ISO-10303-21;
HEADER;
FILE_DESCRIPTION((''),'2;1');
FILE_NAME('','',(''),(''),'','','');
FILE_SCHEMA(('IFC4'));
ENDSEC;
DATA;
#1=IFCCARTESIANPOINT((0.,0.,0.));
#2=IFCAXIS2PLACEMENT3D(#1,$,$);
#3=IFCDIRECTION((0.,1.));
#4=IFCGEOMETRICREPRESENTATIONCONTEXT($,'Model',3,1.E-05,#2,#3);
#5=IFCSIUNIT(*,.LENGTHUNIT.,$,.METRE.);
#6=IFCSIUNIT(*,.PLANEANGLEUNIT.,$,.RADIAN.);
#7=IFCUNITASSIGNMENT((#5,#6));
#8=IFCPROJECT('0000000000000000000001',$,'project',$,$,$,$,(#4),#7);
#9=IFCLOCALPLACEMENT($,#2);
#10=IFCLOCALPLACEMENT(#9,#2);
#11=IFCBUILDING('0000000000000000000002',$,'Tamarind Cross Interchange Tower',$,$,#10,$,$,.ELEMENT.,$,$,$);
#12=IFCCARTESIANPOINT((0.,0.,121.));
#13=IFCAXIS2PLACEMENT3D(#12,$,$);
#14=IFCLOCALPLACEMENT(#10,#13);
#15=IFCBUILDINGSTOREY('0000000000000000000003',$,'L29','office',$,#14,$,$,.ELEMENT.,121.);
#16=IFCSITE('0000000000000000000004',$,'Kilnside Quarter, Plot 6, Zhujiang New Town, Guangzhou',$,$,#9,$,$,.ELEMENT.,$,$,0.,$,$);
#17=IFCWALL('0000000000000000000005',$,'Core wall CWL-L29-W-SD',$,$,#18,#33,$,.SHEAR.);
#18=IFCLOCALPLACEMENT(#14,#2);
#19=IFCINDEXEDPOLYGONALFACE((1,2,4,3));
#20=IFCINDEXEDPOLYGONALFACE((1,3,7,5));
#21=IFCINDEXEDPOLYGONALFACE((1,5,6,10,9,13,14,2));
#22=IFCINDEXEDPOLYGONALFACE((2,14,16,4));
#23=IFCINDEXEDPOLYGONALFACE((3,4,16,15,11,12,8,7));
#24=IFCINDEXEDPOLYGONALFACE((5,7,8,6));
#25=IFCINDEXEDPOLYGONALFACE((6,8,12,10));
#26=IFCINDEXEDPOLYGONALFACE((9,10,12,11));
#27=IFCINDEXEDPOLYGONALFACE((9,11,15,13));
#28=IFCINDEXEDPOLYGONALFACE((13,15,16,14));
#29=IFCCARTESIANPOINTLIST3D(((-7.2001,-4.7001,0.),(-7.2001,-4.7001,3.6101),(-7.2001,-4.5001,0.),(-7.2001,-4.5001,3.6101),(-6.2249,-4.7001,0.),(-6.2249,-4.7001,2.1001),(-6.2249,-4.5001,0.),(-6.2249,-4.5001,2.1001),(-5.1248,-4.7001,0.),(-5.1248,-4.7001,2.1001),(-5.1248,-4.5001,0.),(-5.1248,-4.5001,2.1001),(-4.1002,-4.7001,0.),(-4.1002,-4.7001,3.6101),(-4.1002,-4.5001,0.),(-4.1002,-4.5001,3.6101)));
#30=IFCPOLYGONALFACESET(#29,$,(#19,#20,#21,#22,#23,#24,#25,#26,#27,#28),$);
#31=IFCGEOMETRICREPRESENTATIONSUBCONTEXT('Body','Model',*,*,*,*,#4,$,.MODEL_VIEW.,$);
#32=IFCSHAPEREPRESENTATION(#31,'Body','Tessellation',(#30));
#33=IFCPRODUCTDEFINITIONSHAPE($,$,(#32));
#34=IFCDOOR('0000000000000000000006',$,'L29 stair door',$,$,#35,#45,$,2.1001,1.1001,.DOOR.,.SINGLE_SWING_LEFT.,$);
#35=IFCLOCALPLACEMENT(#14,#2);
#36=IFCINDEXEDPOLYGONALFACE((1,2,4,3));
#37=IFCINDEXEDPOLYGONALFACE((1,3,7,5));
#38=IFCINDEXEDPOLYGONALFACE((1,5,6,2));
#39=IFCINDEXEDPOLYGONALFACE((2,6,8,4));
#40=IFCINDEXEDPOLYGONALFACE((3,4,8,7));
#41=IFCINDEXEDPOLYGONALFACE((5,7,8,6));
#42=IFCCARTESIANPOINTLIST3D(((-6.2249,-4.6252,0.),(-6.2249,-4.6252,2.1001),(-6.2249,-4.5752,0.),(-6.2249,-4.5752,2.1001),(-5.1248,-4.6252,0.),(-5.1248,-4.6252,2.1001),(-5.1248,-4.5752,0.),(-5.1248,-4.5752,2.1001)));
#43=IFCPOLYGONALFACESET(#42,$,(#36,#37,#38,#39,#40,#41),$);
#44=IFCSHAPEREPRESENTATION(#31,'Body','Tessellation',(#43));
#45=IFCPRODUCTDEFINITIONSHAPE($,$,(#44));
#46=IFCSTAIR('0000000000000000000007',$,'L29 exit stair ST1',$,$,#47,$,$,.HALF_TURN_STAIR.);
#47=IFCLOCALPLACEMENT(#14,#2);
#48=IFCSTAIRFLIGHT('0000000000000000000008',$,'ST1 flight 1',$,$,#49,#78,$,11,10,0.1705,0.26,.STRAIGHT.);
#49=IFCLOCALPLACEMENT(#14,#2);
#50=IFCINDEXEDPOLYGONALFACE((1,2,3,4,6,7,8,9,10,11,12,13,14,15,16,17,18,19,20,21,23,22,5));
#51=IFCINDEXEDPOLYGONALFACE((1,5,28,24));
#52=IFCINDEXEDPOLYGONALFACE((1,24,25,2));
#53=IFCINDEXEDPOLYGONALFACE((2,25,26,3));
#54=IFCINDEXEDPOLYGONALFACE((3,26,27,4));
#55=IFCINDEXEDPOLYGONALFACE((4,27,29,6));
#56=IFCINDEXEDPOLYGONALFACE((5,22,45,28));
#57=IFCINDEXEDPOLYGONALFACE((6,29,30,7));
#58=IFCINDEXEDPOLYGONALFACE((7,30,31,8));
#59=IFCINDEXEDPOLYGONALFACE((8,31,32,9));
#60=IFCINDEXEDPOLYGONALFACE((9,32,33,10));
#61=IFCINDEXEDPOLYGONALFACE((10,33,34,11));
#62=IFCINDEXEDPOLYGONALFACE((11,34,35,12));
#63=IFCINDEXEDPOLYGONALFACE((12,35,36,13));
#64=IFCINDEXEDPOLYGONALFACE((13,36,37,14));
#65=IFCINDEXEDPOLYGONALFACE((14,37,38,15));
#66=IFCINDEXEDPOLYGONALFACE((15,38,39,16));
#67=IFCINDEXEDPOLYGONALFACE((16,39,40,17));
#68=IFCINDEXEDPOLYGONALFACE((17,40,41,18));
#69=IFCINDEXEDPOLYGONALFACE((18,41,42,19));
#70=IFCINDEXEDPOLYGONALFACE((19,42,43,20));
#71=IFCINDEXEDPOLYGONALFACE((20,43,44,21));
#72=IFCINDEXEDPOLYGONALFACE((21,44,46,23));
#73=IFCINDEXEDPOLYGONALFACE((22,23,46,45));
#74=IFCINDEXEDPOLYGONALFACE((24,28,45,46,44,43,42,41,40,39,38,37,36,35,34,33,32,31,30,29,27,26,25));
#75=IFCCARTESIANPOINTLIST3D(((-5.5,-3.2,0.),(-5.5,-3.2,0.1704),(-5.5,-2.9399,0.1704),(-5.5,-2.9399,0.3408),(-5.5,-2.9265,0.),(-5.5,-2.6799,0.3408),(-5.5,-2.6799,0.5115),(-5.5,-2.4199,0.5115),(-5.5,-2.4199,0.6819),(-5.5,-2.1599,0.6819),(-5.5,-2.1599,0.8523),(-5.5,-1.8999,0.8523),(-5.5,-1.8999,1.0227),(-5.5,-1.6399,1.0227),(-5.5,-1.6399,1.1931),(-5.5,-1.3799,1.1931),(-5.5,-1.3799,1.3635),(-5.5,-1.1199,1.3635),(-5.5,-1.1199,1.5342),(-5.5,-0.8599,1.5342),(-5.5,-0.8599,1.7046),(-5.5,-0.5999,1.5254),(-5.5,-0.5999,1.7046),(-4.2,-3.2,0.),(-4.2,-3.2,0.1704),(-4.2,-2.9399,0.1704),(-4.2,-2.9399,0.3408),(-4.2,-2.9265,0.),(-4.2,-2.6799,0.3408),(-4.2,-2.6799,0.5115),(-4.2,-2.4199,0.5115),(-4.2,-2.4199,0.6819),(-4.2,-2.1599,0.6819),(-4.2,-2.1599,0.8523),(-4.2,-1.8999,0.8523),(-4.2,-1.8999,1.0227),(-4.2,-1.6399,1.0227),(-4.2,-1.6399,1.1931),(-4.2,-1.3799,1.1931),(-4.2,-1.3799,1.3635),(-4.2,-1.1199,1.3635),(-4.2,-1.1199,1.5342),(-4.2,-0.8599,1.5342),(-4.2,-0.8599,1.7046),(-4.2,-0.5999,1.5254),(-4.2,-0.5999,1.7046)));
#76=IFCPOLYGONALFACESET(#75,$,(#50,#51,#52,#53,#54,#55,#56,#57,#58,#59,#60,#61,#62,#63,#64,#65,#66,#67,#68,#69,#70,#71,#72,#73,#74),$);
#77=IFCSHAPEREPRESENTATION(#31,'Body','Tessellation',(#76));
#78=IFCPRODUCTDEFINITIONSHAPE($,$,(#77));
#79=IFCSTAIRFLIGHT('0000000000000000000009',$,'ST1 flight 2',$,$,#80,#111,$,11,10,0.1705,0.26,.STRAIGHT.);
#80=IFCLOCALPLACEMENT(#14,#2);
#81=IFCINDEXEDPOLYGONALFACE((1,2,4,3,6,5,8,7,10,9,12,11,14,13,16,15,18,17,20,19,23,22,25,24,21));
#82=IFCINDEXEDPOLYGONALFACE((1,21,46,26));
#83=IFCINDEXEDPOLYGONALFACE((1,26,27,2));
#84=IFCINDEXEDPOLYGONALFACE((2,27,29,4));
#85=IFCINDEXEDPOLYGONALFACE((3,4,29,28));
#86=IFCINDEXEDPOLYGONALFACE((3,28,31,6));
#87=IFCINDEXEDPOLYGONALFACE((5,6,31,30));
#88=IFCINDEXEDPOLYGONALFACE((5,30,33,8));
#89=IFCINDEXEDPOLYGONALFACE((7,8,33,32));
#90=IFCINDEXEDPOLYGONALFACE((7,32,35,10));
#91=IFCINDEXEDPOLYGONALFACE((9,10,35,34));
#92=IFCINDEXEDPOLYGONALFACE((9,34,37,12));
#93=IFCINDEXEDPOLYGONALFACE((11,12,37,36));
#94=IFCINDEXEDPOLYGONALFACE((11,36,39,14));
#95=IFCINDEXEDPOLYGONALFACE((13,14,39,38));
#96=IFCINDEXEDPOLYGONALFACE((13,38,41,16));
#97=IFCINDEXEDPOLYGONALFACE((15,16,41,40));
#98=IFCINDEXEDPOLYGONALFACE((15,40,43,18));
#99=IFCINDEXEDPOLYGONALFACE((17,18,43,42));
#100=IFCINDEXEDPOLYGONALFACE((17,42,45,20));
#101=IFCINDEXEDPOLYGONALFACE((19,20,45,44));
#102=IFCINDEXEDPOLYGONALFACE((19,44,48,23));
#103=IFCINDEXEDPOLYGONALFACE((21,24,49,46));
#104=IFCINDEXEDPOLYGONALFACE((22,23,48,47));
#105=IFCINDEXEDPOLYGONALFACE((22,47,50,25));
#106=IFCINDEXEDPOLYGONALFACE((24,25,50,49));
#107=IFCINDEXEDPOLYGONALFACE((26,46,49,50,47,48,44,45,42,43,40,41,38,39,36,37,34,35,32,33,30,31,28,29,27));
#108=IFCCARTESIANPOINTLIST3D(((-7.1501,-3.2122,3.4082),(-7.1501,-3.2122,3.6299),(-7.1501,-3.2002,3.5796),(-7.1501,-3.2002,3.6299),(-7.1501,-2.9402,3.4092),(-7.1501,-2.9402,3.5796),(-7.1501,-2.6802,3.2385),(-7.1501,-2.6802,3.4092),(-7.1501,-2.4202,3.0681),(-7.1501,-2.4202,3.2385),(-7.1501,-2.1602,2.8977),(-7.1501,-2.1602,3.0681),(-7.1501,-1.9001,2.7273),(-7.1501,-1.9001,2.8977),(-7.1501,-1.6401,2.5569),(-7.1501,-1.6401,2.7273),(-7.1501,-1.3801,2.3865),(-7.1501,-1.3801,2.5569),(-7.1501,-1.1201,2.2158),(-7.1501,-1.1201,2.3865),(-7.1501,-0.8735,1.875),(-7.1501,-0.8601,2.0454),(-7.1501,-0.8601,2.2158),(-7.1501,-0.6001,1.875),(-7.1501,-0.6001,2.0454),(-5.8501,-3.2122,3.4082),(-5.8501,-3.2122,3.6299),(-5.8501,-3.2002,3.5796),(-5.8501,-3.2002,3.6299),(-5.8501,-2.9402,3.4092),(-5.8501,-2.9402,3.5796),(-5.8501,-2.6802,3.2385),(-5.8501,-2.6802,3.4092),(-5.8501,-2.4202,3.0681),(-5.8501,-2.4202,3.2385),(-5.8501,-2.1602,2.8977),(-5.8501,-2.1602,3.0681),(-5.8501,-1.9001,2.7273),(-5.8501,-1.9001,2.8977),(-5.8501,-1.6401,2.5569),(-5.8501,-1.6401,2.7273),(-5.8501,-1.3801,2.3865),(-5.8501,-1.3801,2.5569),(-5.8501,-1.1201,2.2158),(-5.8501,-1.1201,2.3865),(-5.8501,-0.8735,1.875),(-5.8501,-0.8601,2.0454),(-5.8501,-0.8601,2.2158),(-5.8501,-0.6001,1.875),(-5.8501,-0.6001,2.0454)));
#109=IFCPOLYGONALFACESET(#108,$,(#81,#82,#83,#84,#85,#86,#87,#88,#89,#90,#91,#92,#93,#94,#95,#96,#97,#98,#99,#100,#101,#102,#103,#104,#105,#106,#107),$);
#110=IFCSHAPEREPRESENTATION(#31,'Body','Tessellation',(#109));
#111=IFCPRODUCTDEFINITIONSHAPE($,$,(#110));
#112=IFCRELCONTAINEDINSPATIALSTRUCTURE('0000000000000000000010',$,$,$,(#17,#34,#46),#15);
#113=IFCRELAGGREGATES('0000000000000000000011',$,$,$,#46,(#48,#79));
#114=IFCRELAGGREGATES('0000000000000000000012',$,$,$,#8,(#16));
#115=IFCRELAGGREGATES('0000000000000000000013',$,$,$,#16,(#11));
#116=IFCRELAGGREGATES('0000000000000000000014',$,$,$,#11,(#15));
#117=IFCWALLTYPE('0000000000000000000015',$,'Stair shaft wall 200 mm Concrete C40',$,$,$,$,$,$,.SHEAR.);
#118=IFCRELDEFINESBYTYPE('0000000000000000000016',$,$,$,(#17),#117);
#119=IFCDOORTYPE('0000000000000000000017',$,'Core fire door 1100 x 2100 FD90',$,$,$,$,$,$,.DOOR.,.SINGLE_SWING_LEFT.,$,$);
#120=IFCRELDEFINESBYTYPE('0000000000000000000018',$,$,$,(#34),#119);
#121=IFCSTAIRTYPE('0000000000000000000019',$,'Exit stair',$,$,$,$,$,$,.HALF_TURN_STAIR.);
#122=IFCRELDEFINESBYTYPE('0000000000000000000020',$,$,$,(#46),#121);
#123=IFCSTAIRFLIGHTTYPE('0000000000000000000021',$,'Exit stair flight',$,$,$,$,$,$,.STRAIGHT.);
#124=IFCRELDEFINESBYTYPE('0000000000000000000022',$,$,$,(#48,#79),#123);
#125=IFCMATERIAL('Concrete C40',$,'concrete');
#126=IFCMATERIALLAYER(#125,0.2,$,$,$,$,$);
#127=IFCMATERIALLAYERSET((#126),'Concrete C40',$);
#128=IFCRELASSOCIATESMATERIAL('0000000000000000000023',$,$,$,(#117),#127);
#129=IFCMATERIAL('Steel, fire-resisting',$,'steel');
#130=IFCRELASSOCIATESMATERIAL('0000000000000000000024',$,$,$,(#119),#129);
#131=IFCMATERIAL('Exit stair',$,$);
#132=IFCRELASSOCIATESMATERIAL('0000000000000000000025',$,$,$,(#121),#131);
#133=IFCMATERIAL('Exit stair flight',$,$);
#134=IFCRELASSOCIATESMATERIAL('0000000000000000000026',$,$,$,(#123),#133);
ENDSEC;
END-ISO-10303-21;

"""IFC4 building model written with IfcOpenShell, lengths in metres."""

from ifc_helpers import new_model, si_unit, direction, frame, frame_2d, origin, place, context, subcontext, project, spatial, polyline, rectangle, outline, extrude, material, layer, layer_set, type_object, element, fill, aggregate, save


model = new_model("IFC4")

# Units and contexts
model_context = context("Model", 3, precision=1e-05, world=origin(), true_north=direction((0.0, 1.0)))
body_context = subcontext(model_context, "Body", "Model", "MODEL_VIEW")
ifc_project = project(units=[si_unit("LENGTHUNIT", "METRE"), si_unit("PLANEANGLEUNIT", "RADIAN")], contexts=[model_context])

# Site, building, storey
site_placement = place(None, origin())
site = spatial("IfcSite", under=ifc_project, at=site_placement, Name="Kilnside Quarter, Plot 6, Zhujiang New Town, Guangzhou", CompositionType="ELEMENT", RefElevation=0.0)
building_placement = place(site_placement, origin())
building = spatial("IfcBuilding", under=site, at=building_placement, Name="Tamarind Cross Interchange Tower", CompositionType="ELEMENT")
storey_placement = place(building_placement, frame((0.0, 0.0, 121.0)))
storey = spatial("IfcBuildingStorey", under=building, at=storey_placement, Name="L29", Description="office", CompositionType="ELEMENT", Elevation=121.0)

# Shared definitions
ifc_material_1 = material(Name="Steel, fire-resisting", Category="steel")

# Wall, opening, door
ifc_material_2 = material(Name="Concrete C40", Category="concrete")
ifc_layer_1 = layer(ifc_material_2, 0.2)
ifc_layer_set_1 = layer_set([ifc_layer_1], Name="Concrete C40")
wall_type_1 = type_object("IfcWallType", Name="Stair shaft wall 200 mm Concrete C40", PredefinedType="SHEAR", material=ifc_layer_set_1)
wall_1_placement = place(storey_placement, frame((-7.2, -4.6001, 0.0), z_axis=(0.0, 0.0, 1.0), x_axis=(1.0, 0.0, 0.0)))
wall_1 = element("IfcWall", 1, at=wall_1_placement, inside=storey, type_object=wall_type_1, Name="Core wall CWL-L29-W-SD", PredefinedType="SHEAR", context=body_context, shape_type="SweptSolid", body=[
    extrude(rectangle(XDim=3.0999, YDim=0.2, at=frame_2d((1.5498, 0.0))), origin(), (0.0, 0.0, 1.0), 3.6101),
])
opening_1_placement = place(wall_1_placement, frame((0.9751, 0.0, 0.0)))
opening_1 = element("IfcOpeningElement", 2, at=opening_1_placement, cuts=wall_1, PredefinedType="OPENING", context=body_context, shape_type="SweptSolid", body=[
    extrude(rectangle(XDim=1.1001, YDim=2.1001, at=frame_2d((0.55, 1.05))), frame((0.0, 0.1099, 0.0), z_axis=(0.0, -1.0, 0.0), x_axis=(1.0, 0.0, 0.0)), (0.0, 0.0, 1.0), 0.22),
])
door_type_1 = type_object("IfcDoorType", Name="Core fire door 1100 x 2100 FD90", OperationType="SINGLE_SWING_LEFT", PredefinedType="DOOR", material=ifc_material_1)
door_1_placement = place(opening_1_placement, origin())
door_1 = element("IfcDoor", 3, at=door_1_placement, inside=storey, type_object=door_type_1, Name="L29 stair door", OperationType="SINGLE_SWING_LEFT", OverallHeight=2.1001, OverallWidth=1.1001, PredefinedType="DOOR", context=body_context, shape_type="SweptSolid", body=[
    extrude(rectangle(XDim=1.1001, YDim=2.1001, at=frame_2d((0.55, 1.05))), frame((0.0, 0.0249, 0.0), z_axis=(0.0, -1.0, 0.0), x_axis=(1.0, 0.0, 0.0)), (0.0, 0.0, 1.0), 0.05),
])
fill(opening_1, door_1)

# Stair, stair flights
ifc_material_3 = material(Name="Exit stair")
stair_type = type_object("IfcStairType", Name="Exit stair", PredefinedType="HALF_TURN_STAIR", material=ifc_material_3)
stair_placement = place(storey_placement, origin())
stair = element("IfcStair", 4, at=stair_placement, inside=storey, type_object=stair_type, Name="L29 exit stair ST1", PredefinedType="HALF_TURN_STAIR")
ifc_material_4 = material(Name="Exit stair flight")
stair_flight_type = type_object("IfcStairFlightType", Name="Exit stair flight", PredefinedType="STRAIGHT", material=ifc_material_4)
stair_flight_1_placement = place(storey_placement, frame((-4.8501, -3.2, 0.0), z_axis=(0.0, 0.0, 1.0), x_axis=(0.0, 1.0, 0.0)))
stair_flight_1 = element("IfcStairFlight", 5, at=stair_flight_1_placement, type_object=stair_flight_type, Name="ST1 flight 1", NumberOfRisers=11, NumberOfTreads=10, PredefinedType="STRAIGHT", RiserHeight=0.1705, TreadLength=0.26, context=body_context, shape_type="SweptSolid", body=[
    extrude(outline(polyline([(0.0, 0.0), (0.0, 0.1704), (0.26, 0.1704), (0.26, 0.3408), (0.52, 0.3408), (0.52, 0.5115), (0.78, 0.5115), (0.78, 0.6819), (1.04, 0.6819), (1.04, 0.8523), (1.3, 0.8523), (1.3, 1.0227), (1.5601, 1.0227), (1.5601, 1.1931), (1.8201, 1.1931), (1.8201, 1.3635), (2.0801, 1.3635), (2.0801, 1.5342), (2.3401, 1.5342), (2.3401, 1.7046), (2.6001, 1.7046), (2.6001, 1.875), (2.6001, 1.5254), (0.2734, 0.0), (0.0, 0.0)])), frame((0.0, 0.6499, 0.0), z_axis=(0.0, -1.0, 0.0), x_axis=(1.0, 0.0, 0.0)), (0.0, 0.0, 1.0), 1.3),
])
stair_flight_2_placement = place(storey_placement, frame((-6.5, -0.6001, 1.875), z_axis=(0.0, 0.0, 1.0), x_axis=(0.0, -1.0, 0.0)))
stair_flight_2 = element("IfcStairFlight", 6, at=stair_flight_2_placement, type_object=stair_flight_type, Name="ST1 flight 2", NumberOfRisers=11, NumberOfTreads=10, PredefinedType="STRAIGHT", RiserHeight=0.1705, TreadLength=0.26, context=body_context, shape_type="SweptSolid", body=[
    extrude(outline(polyline([(0.0, 0.0), (0.0, 0.1704), (0.26, 0.1704), (0.26, 0.3408), (0.52, 0.3408), (0.52, 0.5115), (0.78, 0.5115), (0.78, 0.6819), (1.04, 0.6819), (1.04, 0.8523), (1.3, 0.8523), (1.3, 1.0227), (1.5601, 1.0227), (1.5601, 1.1931), (1.8201, 1.1931), (1.8201, 1.3635), (2.0801, 1.3635), (2.0801, 1.5342), (2.3401, 1.5342), (2.3401, 1.7046), (2.6001, 1.7046), (2.6001, 1.7549), (2.6121, 1.7549), (2.6121, 1.5332), (0.2734, 0.0), (0.0, 0.0)])), frame((0.0, 0.6499, 0.0), z_axis=(0.0, -1.0, 0.0), x_axis=(1.0, 0.0, 0.0)), (0.0, 0.0, 1.0), 1.3),
])
aggregate(stair, [stair_flight_1, stair_flight_2])

save(model, "model.ifc")
